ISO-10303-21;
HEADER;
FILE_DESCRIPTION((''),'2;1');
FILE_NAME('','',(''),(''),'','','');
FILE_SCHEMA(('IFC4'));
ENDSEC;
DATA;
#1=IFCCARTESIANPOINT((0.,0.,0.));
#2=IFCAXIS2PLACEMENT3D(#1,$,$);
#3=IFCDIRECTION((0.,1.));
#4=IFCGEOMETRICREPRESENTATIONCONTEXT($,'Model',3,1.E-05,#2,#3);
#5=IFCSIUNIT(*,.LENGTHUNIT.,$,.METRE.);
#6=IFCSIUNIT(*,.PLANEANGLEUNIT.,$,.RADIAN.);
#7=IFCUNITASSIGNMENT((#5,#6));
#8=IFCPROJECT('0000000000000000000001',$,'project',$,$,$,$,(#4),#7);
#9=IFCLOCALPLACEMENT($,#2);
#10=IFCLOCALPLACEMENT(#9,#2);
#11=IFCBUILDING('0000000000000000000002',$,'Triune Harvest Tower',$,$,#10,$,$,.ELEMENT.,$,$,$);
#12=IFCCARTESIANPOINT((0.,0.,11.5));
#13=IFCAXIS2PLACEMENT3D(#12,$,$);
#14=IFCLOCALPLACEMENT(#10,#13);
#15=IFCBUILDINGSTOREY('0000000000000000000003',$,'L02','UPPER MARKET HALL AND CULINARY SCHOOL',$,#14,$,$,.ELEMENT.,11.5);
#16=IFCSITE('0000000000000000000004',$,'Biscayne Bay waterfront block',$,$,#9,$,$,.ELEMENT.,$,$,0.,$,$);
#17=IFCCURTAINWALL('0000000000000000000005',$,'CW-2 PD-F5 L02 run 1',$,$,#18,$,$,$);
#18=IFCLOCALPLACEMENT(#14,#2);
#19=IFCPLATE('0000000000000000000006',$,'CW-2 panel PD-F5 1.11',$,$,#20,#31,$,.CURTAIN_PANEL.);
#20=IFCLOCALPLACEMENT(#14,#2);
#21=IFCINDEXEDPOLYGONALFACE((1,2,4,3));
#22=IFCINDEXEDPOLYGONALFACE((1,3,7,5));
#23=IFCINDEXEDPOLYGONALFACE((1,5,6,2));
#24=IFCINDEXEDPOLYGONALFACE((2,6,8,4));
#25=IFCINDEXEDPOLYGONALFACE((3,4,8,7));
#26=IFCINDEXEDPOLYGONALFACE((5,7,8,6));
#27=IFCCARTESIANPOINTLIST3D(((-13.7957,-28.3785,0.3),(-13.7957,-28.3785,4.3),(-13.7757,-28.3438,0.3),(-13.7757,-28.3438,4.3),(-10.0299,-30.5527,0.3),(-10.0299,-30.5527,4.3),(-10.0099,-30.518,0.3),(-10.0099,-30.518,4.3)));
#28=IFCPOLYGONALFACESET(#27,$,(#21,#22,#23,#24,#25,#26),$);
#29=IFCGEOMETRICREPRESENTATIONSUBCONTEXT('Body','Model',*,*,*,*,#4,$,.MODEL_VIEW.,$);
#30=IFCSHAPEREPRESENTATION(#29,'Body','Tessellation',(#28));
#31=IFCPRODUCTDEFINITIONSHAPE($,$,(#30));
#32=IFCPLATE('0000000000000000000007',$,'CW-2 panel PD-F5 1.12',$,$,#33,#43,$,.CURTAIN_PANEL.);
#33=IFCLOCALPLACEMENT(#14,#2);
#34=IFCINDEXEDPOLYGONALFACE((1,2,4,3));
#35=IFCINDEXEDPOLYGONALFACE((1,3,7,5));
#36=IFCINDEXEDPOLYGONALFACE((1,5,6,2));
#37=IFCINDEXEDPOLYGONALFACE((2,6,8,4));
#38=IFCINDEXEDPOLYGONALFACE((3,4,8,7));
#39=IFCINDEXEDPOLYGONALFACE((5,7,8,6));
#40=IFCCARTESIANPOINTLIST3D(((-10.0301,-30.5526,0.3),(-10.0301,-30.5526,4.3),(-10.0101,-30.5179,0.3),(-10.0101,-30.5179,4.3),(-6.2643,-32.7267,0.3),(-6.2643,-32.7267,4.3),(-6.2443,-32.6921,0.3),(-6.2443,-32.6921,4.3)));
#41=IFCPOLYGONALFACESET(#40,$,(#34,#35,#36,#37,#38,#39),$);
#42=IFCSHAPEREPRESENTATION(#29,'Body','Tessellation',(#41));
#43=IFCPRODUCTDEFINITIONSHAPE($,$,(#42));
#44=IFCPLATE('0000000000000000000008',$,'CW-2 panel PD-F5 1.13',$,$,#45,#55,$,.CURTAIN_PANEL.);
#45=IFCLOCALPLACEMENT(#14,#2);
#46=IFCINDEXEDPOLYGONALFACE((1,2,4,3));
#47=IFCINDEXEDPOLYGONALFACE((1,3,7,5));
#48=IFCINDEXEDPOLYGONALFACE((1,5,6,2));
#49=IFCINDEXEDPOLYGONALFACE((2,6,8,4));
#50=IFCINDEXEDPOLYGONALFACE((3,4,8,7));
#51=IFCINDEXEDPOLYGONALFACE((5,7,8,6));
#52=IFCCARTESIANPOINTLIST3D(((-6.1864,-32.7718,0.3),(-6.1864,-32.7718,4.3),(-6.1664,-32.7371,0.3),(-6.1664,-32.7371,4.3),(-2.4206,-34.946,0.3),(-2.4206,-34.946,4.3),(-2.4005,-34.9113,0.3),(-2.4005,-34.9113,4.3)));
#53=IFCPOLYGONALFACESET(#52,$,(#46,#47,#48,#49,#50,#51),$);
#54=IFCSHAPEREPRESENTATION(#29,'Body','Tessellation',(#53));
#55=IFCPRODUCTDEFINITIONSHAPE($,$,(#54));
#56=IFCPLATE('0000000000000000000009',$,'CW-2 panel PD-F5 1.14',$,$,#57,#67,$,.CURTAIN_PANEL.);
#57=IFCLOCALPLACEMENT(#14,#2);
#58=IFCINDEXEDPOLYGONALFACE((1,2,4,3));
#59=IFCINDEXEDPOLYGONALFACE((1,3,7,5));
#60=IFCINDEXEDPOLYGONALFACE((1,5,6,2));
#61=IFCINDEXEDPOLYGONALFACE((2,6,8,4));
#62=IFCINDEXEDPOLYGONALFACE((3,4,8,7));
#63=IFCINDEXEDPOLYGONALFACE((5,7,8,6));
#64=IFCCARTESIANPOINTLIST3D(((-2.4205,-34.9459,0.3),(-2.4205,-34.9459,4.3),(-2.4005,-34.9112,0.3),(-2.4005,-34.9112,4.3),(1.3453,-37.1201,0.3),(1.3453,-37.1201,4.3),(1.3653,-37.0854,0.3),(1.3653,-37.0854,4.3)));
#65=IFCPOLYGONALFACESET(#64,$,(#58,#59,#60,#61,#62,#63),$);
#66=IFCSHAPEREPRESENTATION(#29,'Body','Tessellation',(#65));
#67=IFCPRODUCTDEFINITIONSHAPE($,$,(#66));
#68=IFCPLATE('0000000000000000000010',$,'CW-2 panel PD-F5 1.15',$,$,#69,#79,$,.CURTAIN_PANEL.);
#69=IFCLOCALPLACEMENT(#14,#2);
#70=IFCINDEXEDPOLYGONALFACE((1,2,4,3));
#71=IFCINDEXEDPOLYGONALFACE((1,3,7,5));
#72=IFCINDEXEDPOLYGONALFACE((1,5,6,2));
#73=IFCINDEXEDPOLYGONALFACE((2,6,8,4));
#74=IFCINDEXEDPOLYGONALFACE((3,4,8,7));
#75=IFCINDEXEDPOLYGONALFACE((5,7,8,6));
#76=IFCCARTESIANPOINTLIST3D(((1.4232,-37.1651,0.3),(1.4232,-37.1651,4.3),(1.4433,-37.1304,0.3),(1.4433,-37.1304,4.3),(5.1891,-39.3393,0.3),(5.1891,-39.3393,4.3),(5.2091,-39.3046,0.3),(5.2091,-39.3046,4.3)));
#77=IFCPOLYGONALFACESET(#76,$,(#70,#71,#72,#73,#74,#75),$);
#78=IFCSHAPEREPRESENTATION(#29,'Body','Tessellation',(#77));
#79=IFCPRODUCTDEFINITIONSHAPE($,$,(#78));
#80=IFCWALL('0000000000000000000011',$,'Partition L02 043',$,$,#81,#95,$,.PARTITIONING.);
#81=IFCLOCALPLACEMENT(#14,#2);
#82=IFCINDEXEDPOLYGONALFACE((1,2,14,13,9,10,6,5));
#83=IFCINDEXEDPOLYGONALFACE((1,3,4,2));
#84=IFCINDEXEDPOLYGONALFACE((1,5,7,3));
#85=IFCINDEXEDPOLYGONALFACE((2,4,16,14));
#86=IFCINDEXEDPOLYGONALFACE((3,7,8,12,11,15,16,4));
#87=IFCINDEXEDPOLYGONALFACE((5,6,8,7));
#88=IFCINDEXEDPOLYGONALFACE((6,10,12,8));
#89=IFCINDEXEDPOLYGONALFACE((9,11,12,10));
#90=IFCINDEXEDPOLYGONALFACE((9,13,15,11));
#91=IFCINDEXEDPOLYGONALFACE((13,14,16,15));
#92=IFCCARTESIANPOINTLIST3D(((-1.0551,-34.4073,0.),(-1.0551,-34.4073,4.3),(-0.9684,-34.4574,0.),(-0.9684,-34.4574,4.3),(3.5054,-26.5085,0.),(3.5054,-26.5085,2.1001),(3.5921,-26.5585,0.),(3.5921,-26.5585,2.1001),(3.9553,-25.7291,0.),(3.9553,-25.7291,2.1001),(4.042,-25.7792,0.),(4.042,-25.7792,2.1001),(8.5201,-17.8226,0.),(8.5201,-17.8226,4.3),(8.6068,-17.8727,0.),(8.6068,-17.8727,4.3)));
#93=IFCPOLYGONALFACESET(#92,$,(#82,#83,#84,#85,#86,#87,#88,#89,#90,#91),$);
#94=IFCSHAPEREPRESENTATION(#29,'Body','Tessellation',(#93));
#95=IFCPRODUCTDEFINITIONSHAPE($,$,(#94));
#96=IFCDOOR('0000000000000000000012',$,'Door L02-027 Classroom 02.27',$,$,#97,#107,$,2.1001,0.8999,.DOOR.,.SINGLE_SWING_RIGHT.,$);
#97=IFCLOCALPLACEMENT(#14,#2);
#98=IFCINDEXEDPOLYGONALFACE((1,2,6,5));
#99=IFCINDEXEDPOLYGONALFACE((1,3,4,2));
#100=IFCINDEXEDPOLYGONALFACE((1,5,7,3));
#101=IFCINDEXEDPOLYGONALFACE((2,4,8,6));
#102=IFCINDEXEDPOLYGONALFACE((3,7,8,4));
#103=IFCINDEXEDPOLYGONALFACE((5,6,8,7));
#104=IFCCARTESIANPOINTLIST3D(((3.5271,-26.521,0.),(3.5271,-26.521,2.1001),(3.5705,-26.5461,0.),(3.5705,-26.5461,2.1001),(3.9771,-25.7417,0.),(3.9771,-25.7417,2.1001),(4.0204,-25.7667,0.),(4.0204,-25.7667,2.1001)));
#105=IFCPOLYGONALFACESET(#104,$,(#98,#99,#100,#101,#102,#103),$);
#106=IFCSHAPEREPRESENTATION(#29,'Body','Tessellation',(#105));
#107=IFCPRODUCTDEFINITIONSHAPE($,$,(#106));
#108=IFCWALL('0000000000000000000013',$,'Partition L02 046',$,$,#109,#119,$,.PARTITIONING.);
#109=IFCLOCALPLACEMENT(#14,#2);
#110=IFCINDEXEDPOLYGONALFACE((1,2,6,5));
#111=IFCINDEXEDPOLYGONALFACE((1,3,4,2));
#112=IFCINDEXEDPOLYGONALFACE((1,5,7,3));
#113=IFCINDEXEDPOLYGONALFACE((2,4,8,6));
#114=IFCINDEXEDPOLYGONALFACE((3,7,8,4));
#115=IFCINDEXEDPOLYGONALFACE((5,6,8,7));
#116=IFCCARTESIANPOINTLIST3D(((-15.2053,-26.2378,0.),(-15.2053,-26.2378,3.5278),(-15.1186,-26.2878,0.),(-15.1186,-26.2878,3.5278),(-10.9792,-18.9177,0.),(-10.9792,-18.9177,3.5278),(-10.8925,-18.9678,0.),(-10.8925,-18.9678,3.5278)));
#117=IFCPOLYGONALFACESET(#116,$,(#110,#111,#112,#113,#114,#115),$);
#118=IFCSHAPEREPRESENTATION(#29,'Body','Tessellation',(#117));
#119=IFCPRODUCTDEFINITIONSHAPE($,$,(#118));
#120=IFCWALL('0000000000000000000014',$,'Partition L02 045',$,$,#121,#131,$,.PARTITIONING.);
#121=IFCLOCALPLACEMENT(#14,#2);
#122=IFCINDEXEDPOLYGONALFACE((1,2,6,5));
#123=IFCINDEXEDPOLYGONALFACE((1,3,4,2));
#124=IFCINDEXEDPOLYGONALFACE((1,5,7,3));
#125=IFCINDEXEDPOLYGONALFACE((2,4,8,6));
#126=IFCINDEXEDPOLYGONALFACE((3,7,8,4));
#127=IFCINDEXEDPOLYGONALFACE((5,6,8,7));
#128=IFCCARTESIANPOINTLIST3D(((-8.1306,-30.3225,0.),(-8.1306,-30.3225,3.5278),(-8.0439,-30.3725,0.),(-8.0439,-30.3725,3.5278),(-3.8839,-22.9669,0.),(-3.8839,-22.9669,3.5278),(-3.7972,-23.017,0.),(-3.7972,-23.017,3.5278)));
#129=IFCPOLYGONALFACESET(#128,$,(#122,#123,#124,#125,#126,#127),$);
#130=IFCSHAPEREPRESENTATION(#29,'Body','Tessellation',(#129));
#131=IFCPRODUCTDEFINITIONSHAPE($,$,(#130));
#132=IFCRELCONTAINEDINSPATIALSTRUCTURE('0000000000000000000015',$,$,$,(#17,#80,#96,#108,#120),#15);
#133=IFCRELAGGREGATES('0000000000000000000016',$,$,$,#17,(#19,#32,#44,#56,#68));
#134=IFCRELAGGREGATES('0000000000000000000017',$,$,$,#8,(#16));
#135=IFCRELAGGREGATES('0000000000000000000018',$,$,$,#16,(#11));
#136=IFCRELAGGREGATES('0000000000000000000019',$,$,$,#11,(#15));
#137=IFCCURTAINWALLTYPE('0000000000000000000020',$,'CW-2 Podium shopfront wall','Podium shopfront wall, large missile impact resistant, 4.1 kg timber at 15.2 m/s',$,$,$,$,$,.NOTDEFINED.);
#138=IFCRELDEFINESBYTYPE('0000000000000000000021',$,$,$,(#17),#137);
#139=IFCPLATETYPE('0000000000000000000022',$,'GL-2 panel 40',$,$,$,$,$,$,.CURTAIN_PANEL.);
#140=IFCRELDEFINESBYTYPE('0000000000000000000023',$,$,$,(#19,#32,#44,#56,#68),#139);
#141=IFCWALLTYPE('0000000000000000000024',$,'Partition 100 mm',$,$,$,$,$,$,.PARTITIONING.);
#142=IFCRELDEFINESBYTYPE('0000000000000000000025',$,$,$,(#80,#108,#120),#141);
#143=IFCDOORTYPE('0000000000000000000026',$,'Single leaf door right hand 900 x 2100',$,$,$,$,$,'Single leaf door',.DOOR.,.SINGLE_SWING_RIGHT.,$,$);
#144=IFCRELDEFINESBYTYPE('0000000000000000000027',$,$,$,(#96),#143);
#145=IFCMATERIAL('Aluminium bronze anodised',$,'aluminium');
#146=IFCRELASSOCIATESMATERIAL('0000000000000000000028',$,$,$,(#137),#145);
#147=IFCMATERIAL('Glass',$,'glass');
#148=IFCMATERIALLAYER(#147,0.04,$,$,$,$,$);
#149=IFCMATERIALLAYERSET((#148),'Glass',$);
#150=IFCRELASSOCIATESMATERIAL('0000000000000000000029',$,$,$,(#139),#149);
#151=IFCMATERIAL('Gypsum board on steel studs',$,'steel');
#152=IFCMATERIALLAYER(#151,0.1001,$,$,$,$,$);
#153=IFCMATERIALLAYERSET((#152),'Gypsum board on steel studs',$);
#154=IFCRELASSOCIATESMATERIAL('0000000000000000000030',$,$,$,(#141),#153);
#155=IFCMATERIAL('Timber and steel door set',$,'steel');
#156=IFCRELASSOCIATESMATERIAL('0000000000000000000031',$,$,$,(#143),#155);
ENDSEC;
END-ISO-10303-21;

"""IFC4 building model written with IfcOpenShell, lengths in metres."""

from ifc_helpers import new_model, si_unit, direction, frame, frame_2d, origin, origin_2d, place, context, subcontext, project, spatial, rectangle, extrude, source, transform, mapped, material, layer, layer_set, type_object, element, fill, aggregate, save


model = new_model("IFC4")

# Units and contexts
model_context = context("Model", 3, precision=1e-05, world=origin(), true_north=direction((0.0, 1.0)))
body_context = subcontext(model_context, "Body", "Model", "MODEL_VIEW")
ifc_project = project(units=[si_unit("LENGTHUNIT", "METRE"), si_unit("PLANEANGLEUNIT", "RADIAN")], contexts=[model_context])

# Site, building, storey
site_placement = place(None, origin())
site = spatial("IfcSite", under=ifc_project, at=site_placement, Name="Biscayne Bay waterfront block", CompositionType="ELEMENT", RefElevation=0.0)
building_placement = place(site_placement, origin())
building = spatial("IfcBuilding", under=site, at=building_placement, Name="Triune Harvest Tower", CompositionType="ELEMENT")
storey_placement = place(building_placement, frame((0.0, 0.0, 11.5)))
storey = spatial("IfcBuildingStorey", under=building, at=storey_placement, Name="L02", Description="UPPER MARKET HALL AND CULINARY SCHOOL", CompositionType="ELEMENT", Elevation=11.5)

# Curtain wall, plates
ifc_material_1 = material(Name="Aluminium bronze anodised", Category="aluminium")
curtain_wall_type = type_object("IfcCurtainWallType", Name="CW-2 Podium shopfront wall", Description="Podium shopfront wall, large missile impact resistant, 4.1 kg timber at 15.2 m/s", PredefinedType="NOTDEFINED", material=ifc_material_1)
curtain_wall_placement = place(storey_placement, origin())
curtain_wall = element("IfcCurtainWall", 1, at=curtain_wall_placement, inside=storey, type_object=curtain_wall_type, Name="CW-2 PD-F5 L02 run 1")
ifc_material_2 = material(Name="Glass", Category="glass")
ifc_layer_1 = layer(ifc_material_2, 0.04)
ifc_layer_set_1 = layer_set([ifc_layer_1], Name="Glass")
plate_type = type_object("IfcPlateType", Name="GL-2 panel 40", PredefinedType="CURTAIN_PANEL", material=ifc_layer_set_1)
shared_shape_1 = source(origin(), body_context, "Body", "SweptSolid", [
    extrude(rectangle(XDim=4.3484, YDim=0.04, at=origin_2d()), origin(), (0.0, 0.0, 1.0), 4.0),
])
plate_1_placement = place(storey_placement, frame((-11.9028, -29.4482, 0.3), z_axis=(0.0, 0.0, 1.0), x_axis=(0.866025, -0.5, 0.0)))
plate_1 = element("IfcPlate", 2, at=plate_1_placement, type_object=plate_type, Name="CW-2 panel PD-F5 1.11", PredefinedType="CURTAIN_PANEL", context=body_context, shape_type="MappedRepresentation", body=[
    mapped(shared_shape_1, transform((0.0, 0.0, 0.0), scale=1.0)),
])
plate_2_placement = place(storey_placement, frame((-8.1372, -31.6223, 0.3), z_axis=(0.0, 0.0, 1.0), x_axis=(0.866025, -0.5, 0.0)))
plate_2 = element("IfcPlate", 3, at=plate_2_placement, type_object=plate_type, Name="CW-2 panel PD-F5 1.12", PredefinedType="CURTAIN_PANEL", context=body_context, shape_type="MappedRepresentation", body=[
    mapped(shared_shape_1, transform((0.0, 0.0, 0.0), scale=1.0)),
])
plate_3_placement = place(storey_placement, frame((-4.2935, -33.8416, 0.3), z_axis=(0.0, 0.0, 1.0), x_axis=(0.866025, -0.5, 0.0)))
plate_3 = element("IfcPlate", 4, at=plate_3_placement, type_object=plate_type, Name="CW-2 panel PD-F5 1.13", PredefinedType="CURTAIN_PANEL", context=body_context, shape_type="MappedRepresentation", body=[
    mapped(shared_shape_1, transform((0.0, 0.0, 0.0), scale=1.0)),
])
plate_4_placement = place(storey_placement, frame((-0.5276, -36.0156, 0.3), z_axis=(0.0, 0.0, 1.0), x_axis=(0.866025, -0.5, 0.0)))
plate_4 = element("IfcPlate", 5, at=plate_4_placement, type_object=plate_type, Name="CW-2 panel PD-F5 1.14", PredefinedType="CURTAIN_PANEL", context=body_context, shape_type="MappedRepresentation", body=[
    mapped(shared_shape_1, transform((0.0, 0.0, 0.0), scale=1.0)),
])
plate_5_placement = place(storey_placement, frame((3.3162, -38.2349, 0.3), z_axis=(0.0, 0.0, 1.0), x_axis=(0.866025, -0.5, 0.0)))
plate_5 = element("IfcPlate", 6, at=plate_5_placement, type_object=plate_type, Name="CW-2 panel PD-F5 1.15", PredefinedType="CURTAIN_PANEL", context=body_context, shape_type="MappedRepresentation", body=[
    mapped(shared_shape_1, transform((0.0, 0.0, 0.0), scale=1.0)),
])
aggregate(curtain_wall, [plate_1, plate_2, plate_3, plate_4, plate_5])

# Wall, opening, door
ifc_material_3 = material(Name="Gypsum board on steel studs", Category="steel")
ifc_layer_2 = layer(ifc_material_3, 0.1001)
ifc_layer_set_2 = layer_set([ifc_layer_2], Name="Gypsum board on steel studs")
wall_type = type_object("IfcWallType", Name="Partition 100 mm", PredefinedType="PARTITIONING", material=ifc_layer_set_2)
wall_1_placement = place(storey_placement, frame((-1.0117, -34.4324, 0.0), z_axis=(0.0, 0.0, 1.0), x_axis=(0.5, 0.866025, 0.0)))
wall_1 = element("IfcWall", 7, at=wall_1_placement, inside=storey, type_object=wall_type, Name="Partition L02 043", PredefinedType="PARTITIONING", context=body_context, shape_type="SweptSolid", body=[
    extrude(rectangle(XDim=19.1504, YDim=0.1001, at=frame_2d((9.5752, 0.0))), origin(), (0.0, 0.0, 1.0), 4.3),
])
opening_placement = place(wall_1_placement, frame((9.1208, 0.0, 0.0)))
opening = element("IfcOpeningElement", 8, at=opening_placement, cuts=wall_1, PredefinedType="OPENING", context=body_context, shape_type="SweptSolid", body=[
    extrude(rectangle(XDim=0.8999, YDim=2.1001, at=frame_2d((0.45, 1.05))), frame((0.0, 0.0601, 0.0), z_axis=(0.0, -1.0, 0.0), x_axis=(1.0, 0.0, 0.0)), (0.0, 0.0, 1.0), 0.1201),
])
ifc_material_4 = material(Name="Timber and steel door set", Category="steel")
door_type = type_object("IfcDoorType", Name="Single leaf door right hand 900 x 2100", ElementType="Single leaf door", OperationType="SINGLE_SWING_RIGHT", PredefinedType="DOOR", material=ifc_material_4)
door_placement = place(opening_placement, origin())
door = element("IfcDoor", 9, at=door_placement, inside=storey, type_object=door_type, Name="Door L02-027 Classroom 02.27", OperationType="SINGLE_SWING_RIGHT", OverallHeight=2.1001, OverallWidth=0.8999, PredefinedType="DOOR", context=body_context, shape_type="SweptSolid", body=[
    extrude(rectangle(XDim=0.8999, YDim=2.1001, at=frame_2d((0.45, 1.05))), frame((0.0, 0.0249, 0.0), z_axis=(0.0, -1.0, 0.0), x_axis=(1.0, 0.0, 0.0)), (0.0, 0.0, 1.0), 0.05),
])
fill(opening, door)

# Walls
wall_2_placement = place(storey_placement, frame((-15.1619, -26.2627, 0.0), z_axis=(0.0, 0.0, 1.0), x_axis=(0.499985, 0.866034, 0.0)))
element("IfcWall", 10, at=wall_2_placement, inside=storey, type_object=wall_type, Name="Partition L02 046", PredefinedType="PARTITIONING", context=body_context, shape_type="SweptSolid", body=[
    extrude(rectangle(XDim=8.4524, YDim=0.1001, at=frame_2d((4.2261, 0.0))), origin(), (0.0, 0.0, 1.0), 3.5278),
])
shared_shape_2 = source(origin(), body_context, "Body", "SweptSolid", [
    extrude(rectangle(XDim=8.4934, YDim=0.1001, at=frame_2d((4.2466, 0.0))), origin(), (0.0, 0.0, 1.0), 3.5278),
])
wall_3_placement = place(storey_placement, frame((-8.0872, -30.3474, 0.0), z_axis=(0.0, 0.0, 1.0), x_axis=(0.499991, 0.86603, 0.0)))
element("IfcWall", 11, at=wall_3_placement, inside=storey, type_object=wall_type, Name="Partition L02 045", PredefinedType="PARTITIONING", context=body_context, shape_type="MappedRepresentation", body=[
    mapped(shared_shape_2, transform((0.0, 0.0, 0.0), scale=1.0)),
])

save(model, "model.ifc")
